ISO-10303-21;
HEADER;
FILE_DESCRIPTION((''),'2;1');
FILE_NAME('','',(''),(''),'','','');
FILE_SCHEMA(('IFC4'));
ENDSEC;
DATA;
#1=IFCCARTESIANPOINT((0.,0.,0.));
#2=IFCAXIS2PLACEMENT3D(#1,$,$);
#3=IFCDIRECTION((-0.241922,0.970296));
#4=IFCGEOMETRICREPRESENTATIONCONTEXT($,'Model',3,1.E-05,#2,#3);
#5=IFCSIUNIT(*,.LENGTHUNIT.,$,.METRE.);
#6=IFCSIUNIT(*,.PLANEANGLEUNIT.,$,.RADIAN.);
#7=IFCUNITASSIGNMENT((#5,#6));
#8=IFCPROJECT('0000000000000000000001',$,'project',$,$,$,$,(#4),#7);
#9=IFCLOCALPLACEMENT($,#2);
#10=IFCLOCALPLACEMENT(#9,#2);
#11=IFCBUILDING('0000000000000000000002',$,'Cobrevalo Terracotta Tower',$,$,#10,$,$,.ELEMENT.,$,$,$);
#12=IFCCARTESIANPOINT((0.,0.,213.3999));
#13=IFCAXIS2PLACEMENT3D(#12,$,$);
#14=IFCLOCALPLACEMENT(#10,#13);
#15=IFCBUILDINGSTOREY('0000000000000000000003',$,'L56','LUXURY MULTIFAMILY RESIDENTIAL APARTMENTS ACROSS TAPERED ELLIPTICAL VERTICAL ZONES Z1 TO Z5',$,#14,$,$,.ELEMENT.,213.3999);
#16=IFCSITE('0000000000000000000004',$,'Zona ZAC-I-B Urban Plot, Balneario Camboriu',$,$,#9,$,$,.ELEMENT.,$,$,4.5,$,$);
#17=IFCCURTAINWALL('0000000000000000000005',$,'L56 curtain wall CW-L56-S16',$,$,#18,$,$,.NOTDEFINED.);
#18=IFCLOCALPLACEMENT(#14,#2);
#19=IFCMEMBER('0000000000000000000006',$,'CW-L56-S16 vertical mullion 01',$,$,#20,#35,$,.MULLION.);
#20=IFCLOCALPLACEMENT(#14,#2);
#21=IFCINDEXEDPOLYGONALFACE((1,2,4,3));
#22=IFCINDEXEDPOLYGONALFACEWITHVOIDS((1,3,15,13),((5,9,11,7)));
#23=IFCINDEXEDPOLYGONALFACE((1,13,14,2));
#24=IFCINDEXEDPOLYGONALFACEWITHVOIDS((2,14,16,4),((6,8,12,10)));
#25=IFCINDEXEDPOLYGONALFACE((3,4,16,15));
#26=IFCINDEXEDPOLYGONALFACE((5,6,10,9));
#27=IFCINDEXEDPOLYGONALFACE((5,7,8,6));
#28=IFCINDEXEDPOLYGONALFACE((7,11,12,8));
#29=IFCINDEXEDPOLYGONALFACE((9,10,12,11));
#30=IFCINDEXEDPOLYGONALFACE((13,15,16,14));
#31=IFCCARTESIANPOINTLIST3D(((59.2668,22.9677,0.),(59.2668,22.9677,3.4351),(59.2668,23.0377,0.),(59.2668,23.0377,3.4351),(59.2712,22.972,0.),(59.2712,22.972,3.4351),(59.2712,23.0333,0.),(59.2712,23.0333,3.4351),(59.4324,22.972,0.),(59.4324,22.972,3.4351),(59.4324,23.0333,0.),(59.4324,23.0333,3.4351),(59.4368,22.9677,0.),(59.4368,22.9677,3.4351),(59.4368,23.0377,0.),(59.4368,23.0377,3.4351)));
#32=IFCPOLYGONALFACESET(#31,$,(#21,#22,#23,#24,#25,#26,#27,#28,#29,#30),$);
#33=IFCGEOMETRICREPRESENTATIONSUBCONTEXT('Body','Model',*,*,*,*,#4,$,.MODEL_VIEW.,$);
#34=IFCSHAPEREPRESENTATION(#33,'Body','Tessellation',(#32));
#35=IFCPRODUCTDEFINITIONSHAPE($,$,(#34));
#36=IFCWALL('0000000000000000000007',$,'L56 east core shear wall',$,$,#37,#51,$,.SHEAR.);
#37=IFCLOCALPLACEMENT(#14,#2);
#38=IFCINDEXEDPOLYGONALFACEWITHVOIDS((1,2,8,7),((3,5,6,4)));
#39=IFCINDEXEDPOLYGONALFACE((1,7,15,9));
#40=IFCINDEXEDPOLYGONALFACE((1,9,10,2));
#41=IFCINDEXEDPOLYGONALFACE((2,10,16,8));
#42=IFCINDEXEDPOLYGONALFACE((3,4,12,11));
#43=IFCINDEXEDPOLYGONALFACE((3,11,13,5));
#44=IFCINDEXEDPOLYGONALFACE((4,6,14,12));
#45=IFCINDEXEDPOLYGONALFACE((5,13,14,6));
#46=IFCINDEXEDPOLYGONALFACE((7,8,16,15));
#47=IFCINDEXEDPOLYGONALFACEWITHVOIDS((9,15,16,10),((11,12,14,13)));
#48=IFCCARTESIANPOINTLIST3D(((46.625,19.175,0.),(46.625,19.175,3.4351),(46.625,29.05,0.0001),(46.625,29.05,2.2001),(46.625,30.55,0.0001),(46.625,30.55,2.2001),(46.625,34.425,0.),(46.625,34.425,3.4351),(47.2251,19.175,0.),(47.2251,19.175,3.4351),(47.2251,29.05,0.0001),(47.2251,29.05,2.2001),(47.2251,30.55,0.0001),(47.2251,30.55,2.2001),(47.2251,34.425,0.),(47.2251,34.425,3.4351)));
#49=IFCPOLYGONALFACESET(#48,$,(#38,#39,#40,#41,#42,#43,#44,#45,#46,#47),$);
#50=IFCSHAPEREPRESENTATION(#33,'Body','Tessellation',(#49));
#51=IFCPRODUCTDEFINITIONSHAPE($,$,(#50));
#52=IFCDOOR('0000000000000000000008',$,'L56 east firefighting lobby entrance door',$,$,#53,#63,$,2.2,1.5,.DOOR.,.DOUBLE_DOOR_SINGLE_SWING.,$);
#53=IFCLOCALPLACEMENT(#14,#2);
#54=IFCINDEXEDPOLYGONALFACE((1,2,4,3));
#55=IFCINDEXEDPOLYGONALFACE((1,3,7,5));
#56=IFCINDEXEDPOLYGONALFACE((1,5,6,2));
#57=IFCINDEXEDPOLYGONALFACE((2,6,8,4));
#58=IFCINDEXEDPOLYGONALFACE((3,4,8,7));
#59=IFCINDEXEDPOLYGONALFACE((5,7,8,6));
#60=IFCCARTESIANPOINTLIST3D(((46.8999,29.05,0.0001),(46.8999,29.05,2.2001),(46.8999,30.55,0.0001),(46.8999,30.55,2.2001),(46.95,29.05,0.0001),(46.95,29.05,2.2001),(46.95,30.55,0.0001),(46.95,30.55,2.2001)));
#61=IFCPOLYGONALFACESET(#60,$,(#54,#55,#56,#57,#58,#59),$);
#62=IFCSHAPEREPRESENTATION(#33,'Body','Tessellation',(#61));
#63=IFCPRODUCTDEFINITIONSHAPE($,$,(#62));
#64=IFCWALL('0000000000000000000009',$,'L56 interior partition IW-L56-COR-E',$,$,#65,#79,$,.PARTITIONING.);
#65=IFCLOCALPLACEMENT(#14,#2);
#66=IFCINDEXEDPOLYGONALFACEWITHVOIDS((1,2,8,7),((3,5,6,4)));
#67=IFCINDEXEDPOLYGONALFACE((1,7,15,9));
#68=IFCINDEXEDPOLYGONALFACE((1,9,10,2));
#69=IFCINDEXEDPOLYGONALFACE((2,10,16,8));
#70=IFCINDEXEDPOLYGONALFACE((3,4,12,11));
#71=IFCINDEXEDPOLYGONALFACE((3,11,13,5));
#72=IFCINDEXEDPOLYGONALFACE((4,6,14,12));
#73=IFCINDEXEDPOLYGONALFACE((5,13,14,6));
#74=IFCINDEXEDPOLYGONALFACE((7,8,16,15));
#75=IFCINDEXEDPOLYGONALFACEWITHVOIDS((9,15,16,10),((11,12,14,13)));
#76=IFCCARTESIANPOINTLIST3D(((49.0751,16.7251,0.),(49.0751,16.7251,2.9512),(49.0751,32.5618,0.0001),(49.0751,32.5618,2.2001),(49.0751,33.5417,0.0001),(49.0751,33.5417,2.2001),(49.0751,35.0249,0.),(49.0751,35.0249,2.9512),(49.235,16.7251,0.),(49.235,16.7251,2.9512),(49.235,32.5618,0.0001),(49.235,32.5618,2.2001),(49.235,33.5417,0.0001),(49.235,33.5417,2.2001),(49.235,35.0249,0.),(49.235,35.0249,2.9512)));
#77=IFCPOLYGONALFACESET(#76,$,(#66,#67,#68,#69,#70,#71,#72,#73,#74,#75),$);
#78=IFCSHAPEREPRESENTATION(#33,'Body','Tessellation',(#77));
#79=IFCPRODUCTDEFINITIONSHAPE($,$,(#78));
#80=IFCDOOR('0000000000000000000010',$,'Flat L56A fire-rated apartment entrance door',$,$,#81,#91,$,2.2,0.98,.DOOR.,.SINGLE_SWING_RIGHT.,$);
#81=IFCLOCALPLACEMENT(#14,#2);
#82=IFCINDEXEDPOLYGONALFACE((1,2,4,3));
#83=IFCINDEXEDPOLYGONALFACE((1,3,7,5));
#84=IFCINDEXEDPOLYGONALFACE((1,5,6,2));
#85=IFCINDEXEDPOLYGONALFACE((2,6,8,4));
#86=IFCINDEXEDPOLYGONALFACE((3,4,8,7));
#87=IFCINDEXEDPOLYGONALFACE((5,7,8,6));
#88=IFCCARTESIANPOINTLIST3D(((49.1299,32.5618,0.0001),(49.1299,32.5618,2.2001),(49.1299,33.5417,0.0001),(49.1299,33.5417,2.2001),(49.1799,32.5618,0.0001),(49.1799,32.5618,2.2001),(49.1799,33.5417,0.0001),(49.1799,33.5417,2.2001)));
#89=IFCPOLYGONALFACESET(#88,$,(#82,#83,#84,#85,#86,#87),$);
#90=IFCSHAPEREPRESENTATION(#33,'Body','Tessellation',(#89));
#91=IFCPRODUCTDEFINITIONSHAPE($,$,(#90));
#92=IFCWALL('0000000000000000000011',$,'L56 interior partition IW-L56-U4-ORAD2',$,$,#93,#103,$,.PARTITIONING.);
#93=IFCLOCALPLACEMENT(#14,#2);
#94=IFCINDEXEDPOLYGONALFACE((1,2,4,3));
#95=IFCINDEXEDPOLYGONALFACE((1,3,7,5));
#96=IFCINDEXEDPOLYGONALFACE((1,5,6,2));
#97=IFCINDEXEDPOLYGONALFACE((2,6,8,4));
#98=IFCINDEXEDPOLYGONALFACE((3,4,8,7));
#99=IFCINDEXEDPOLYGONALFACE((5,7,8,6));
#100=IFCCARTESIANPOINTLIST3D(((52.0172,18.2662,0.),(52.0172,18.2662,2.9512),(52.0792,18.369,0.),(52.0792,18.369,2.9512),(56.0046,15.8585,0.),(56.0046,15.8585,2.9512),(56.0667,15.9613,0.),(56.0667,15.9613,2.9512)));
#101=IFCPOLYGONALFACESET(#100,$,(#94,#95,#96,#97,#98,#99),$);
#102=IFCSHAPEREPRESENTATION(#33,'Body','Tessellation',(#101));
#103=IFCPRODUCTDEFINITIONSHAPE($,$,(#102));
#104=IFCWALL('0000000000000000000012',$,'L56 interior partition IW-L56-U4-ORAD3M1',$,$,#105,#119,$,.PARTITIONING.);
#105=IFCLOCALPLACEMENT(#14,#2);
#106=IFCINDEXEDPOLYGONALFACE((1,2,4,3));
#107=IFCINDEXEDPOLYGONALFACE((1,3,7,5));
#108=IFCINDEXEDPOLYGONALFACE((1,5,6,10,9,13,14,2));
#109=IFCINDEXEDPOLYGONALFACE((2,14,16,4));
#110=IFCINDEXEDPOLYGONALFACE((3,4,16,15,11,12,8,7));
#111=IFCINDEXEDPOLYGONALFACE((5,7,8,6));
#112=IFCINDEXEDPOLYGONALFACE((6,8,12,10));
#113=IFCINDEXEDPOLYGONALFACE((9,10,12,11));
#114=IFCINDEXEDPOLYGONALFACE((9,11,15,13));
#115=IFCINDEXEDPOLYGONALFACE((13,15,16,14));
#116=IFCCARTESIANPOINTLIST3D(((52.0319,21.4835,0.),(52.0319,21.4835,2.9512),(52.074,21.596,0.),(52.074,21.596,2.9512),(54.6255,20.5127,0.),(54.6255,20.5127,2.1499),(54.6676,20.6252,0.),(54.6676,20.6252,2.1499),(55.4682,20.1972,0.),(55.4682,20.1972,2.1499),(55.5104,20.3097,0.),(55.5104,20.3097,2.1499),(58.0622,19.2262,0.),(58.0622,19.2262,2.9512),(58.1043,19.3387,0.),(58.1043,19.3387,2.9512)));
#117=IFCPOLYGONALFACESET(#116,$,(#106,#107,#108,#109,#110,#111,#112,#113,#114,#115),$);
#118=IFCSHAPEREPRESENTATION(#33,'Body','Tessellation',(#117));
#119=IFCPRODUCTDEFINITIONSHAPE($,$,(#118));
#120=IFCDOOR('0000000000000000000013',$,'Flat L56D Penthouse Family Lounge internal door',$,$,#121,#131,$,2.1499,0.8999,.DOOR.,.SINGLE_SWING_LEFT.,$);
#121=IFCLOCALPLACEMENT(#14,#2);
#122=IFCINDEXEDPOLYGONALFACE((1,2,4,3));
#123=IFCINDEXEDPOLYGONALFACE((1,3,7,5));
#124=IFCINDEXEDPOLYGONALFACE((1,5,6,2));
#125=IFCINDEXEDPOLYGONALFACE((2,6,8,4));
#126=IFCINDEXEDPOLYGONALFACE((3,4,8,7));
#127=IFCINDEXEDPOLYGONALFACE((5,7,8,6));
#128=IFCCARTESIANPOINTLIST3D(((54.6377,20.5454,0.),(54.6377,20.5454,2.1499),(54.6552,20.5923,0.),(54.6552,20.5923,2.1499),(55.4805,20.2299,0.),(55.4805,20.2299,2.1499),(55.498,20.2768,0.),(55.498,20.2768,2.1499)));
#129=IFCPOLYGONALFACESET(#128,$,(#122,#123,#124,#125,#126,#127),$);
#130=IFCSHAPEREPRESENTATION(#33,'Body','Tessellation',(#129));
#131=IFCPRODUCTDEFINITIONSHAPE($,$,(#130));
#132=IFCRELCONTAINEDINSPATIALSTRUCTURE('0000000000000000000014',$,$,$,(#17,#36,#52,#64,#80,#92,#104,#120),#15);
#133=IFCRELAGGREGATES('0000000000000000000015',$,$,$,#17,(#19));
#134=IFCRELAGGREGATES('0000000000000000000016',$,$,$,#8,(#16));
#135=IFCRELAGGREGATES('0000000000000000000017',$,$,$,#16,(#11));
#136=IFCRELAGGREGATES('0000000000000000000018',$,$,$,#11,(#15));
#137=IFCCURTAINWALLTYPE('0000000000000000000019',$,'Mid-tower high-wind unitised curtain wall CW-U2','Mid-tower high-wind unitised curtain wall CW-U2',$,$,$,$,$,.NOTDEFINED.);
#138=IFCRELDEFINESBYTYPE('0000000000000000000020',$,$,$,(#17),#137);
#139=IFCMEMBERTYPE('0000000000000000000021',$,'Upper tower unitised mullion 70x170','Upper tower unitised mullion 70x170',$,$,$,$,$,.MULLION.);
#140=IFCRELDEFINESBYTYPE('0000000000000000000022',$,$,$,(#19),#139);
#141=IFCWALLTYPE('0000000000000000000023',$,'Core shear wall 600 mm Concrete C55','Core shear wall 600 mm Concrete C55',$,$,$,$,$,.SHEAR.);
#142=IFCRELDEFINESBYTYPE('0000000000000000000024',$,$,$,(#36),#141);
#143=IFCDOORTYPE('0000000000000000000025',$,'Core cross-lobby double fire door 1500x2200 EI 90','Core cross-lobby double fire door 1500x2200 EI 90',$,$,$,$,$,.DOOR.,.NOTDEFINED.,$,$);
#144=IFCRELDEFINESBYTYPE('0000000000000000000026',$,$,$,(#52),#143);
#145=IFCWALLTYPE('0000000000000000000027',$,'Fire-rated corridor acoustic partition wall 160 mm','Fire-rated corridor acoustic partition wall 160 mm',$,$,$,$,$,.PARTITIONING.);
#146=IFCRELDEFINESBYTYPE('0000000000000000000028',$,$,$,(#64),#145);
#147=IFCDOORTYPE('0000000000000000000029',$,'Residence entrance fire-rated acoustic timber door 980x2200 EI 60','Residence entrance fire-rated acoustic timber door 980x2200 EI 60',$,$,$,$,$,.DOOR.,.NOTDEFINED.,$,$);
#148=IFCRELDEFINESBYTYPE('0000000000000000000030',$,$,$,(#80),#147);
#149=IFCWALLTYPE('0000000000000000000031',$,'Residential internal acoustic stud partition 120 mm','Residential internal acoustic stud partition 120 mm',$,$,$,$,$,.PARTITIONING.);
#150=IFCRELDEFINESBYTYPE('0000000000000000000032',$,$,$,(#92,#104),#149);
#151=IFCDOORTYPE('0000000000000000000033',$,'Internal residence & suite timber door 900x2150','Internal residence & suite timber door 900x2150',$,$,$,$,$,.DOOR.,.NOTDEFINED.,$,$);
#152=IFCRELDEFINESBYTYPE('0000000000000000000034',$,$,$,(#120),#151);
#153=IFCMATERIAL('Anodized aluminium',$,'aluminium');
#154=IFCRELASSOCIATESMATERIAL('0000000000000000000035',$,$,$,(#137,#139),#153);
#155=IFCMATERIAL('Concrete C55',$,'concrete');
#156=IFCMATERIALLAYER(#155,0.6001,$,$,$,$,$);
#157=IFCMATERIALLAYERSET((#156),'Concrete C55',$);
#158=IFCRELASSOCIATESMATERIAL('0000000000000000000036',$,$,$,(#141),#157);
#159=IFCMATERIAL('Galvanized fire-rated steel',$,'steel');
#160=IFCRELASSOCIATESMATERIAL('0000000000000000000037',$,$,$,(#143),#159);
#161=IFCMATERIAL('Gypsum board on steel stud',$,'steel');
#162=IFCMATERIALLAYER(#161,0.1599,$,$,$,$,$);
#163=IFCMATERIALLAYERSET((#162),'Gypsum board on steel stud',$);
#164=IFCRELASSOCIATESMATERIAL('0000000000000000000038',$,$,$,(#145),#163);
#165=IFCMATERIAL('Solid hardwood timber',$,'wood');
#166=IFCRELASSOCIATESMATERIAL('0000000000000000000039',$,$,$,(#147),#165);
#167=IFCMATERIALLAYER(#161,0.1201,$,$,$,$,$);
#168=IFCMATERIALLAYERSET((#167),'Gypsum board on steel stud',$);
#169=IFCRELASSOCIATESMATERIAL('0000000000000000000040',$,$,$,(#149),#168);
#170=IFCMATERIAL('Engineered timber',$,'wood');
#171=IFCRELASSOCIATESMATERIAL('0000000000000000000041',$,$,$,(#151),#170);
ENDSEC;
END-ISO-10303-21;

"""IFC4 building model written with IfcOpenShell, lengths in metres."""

from ifc_helpers import new_model, si_unit, direction, frame, frame_2d, origin, origin_2d, place, context, subcontext, project, spatial, rectangle, hollow_rectangle, extrude, source, transform, mapped, material, layer, layer_set, material_profile, profile_set, type_object, element, fill, aggregate, save


model = new_model("IFC4")

# Units and contexts
model_context = context("Model", 3, precision=1e-05, world=origin(), true_north=direction((-0.241922, 0.970296)))
body_context = subcontext(model_context, "Body", "Model", "MODEL_VIEW")
ifc_project = project(units=[si_unit("LENGTHUNIT", "METRE"), si_unit("PLANEANGLEUNIT", "RADIAN")], contexts=[model_context])

# Site, building, storey
site_placement = place(None, origin())
site = spatial("IfcSite", under=ifc_project, at=site_placement, Name="Zona ZAC-I-B Urban Plot, Balneario Camboriu", CompositionType="ELEMENT", RefElevation=4.5)
building_placement = place(site_placement, origin())
building = spatial("IfcBuilding", under=site, at=building_placement, Name="Cobrevalo Terracotta Tower", CompositionType="ELEMENT")
storey_placement = place(building_placement, frame((0.0, 0.0, 213.3999)))
storey = spatial("IfcBuildingStorey", under=building, at=storey_placement, Name="L56", Description="LUXURY MULTIFAMILY RESIDENTIAL APARTMENTS ACROSS TAPERED ELLIPTICAL VERTICAL ZONES Z1 TO Z5", CompositionType="ELEMENT", Elevation=213.3999)

# Curtain wall, member
ifc_material_1 = material(Name="Anodized aluminium", Category="aluminium")
curtain_wall_type = type_object("IfcCurtainWallType", Name="Mid-tower high-wind unitised curtain wall CW-U2", Description="Mid-tower high-wind unitised curtain wall CW-U2", PredefinedType="NOTDEFINED", material=ifc_material_1)
curtain_wall_placement = place(storey_placement, origin())
curtain_wall = element("IfcCurtainWall", 1, at=curtain_wall_placement, inside=storey, type_object=curtain_wall_type, Name="L56 curtain wall CW-L56-S16", PredefinedType="NOTDEFINED")
ifc_material_profile_1 = material_profile(ifc_material_1, hollow_rectangle(XDim=0.0701, YDim=0.1699, WallThickness=0.0044, at=origin_2d()), Name="CWM 70x170")
ifc_profile_set_1 = profile_set([ifc_material_profile_1], Name="Anodized aluminium")
member_type_1 = type_object("IfcMemberType", Name="Upper tower unitised mullion 70x170", Description="Upper tower unitised mullion 70x170", PredefinedType="MULLION", material=ifc_profile_set_1)
shared_shape_1 = source(origin(), body_context, "Body", "SweptSolid", [
    extrude(hollow_rectangle(XDim=0.0701, YDim=0.1699, WallThickness=0.0044, at=origin_2d()), origin(), (0.0, 0.0, 1.0), 3.4351),
])
member_1_placement = place(storey_placement, frame((59.3518, 23.0027, 0.0), z_axis=(0.0, 0.0, 1.0), x_axis=(0.0, 1.0, 0.0)))
member_1 = element("IfcMember", 2, at=member_1_placement, type_object=member_type_1, Name="CW-L56-S16 vertical mullion 01", PredefinedType="MULLION", context=body_context, shape_type="MappedRepresentation", body=[
    mapped(shared_shape_1, transform((0.0, 0.0, 0.0), scale=1.0)),
])
aggregate(curtain_wall, [member_1])

# Walls, openings, doors
ifc_material_2 = material(Name="Concrete C55", Category="concrete")
ifc_layer_1 = layer(ifc_material_2, 0.6001)
ifc_layer_set_1 = layer_set([ifc_layer_1], Name="Concrete C55")
wall_type_1 = type_object("IfcWallType", Name="Core shear wall 600 mm Concrete C55", Description="Core shear wall 600 mm Concrete C55", PredefinedType="SHEAR", material=ifc_layer_set_1)
wall_1_placement = place(storey_placement, frame((46.925, 19.175, 0.0), z_axis=(0.0, 0.0, 1.0), x_axis=(0.0, 1.0, 0.0)))
wall_1 = element("IfcWall", 3, at=wall_1_placement, inside=storey, type_object=wall_type_1, Name="L56 east core shear wall", PredefinedType="SHEAR", context=body_context, shape_type="SweptSolid", body=[
    extrude(rectangle(XDim=15.25, YDim=0.6001, at=frame_2d((7.625, 0.0))), origin(), (0.0, 0.0, 1.0), 3.4351),
])
opening_1_placement = place(wall_1_placement, frame((9.875, 0.0, 0.0)))
opening_1 = element("IfcOpeningElement", 4, at=opening_1_placement, cuts=wall_1, PredefinedType="OPENING", context=body_context, shape_type="SweptSolid", body=[
    extrude(rectangle(XDim=1.5, YDim=2.2, at=frame_2d((0.75, 1.1001))), frame((0.0, 0.3101, 0.0), z_axis=(0.0, -1.0, 0.0), x_axis=(1.0, 0.0, 0.0)), (0.0, 0.0, 1.0), 0.6201),
])
ifc_material_3 = material(Name="Galvanized fire-rated steel", Category="steel")
door_type_1 = type_object("IfcDoorType", Name="Core cross-lobby double fire door 1500x2200 EI 90", Description="Core cross-lobby double fire door 1500x2200 EI 90", OperationType="NOTDEFINED", PredefinedType="DOOR", material=ifc_material_3)
shared_shape_2 = source(origin(), body_context, "Body", "SweptSolid", [
    extrude(rectangle(XDim=1.5, YDim=2.2, at=frame_2d((0.75, 1.1001))), frame((0.0, 0.0249, 0.0), z_axis=(0.0, -1.0, 0.0), x_axis=(1.0, 0.0, 0.0)), (0.0, 0.0, 1.0), 0.05),
])
door_1_placement = place(opening_1_placement, frame((1.5, 0.0, 0.0), z_axis=(0.0, 0.0, 1.0), x_axis=(-1.0, 0.0, 0.0)))
door_1 = element("IfcDoor", 5, at=door_1_placement, inside=storey, type_object=door_type_1, Name="L56 east firefighting lobby entrance door", OperationType="DOUBLE_DOOR_SINGLE_SWING", OverallHeight=2.2, OverallWidth=1.5, PredefinedType="DOOR", context=body_context, shape_type="MappedRepresentation", body=[
    mapped(shared_shape_2, transform((0.0, 0.0, 0.0), scale=1.0)),
])
fill(opening_1, door_1)
ifc_material_4 = material(Name="Gypsum board on steel stud", Category="steel")
ifc_layer_2 = layer(ifc_material_4, 0.1599)
ifc_layer_set_2 = layer_set([ifc_layer_2], Name="Gypsum board on steel stud")
wall_type_2 = type_object("IfcWallType", Name="Fire-rated corridor acoustic partition wall 160 mm", Description="Fire-rated corridor acoustic partition wall 160 mm", PredefinedType="PARTITIONING", material=ifc_layer_set_2)
wall_2_placement = place(storey_placement, frame((49.155, 16.7251, 0.0), z_axis=(0.0, 0.0, 1.0), x_axis=(0.0, 1.0, 0.0)))
wall_2 = element("IfcWall", 6, at=wall_2_placement, inside=storey, type_object=wall_type_2, Name="L56 interior partition IW-L56-COR-E", PredefinedType="PARTITIONING", context=body_context, shape_type="SweptSolid", body=[
    extrude(rectangle(XDim=18.2998, YDim=0.1599, at=frame_2d((9.1499, 0.0))), origin(), (0.0, 0.0, 1.0), 2.9512),
])
opening_2_placement = place(wall_2_placement, frame((15.8367, 0.0, 0.0)))
opening_2 = element("IfcOpeningElement", 7, at=opening_2_placement, cuts=wall_2, PredefinedType="OPENING", context=body_context, shape_type="SweptSolid", body=[
    extrude(rectangle(XDim=0.98, YDim=2.2, at=frame_2d((0.49, 1.1001))), frame((0.0, 0.0898, 0.0), z_axis=(0.0, -1.0, 0.0), x_axis=(1.0, 0.0, 0.0)), (0.0, 0.0, 1.0), 0.1799),
])
ifc_material_5 = material(Name="Solid hardwood timber", Category="wood")
door_type_2 = type_object("IfcDoorType", Name="Residence entrance fire-rated acoustic timber door 980x2200 EI 60", Description="Residence entrance fire-rated acoustic timber door 980x2200 EI 60", OperationType="NOTDEFINED", PredefinedType="DOOR", material=ifc_material_5)
shared_shape_3 = source(origin(), body_context, "Body", "SweptSolid", [
    extrude(rectangle(XDim=0.98, YDim=2.2, at=frame_2d((0.49, 1.1001))), frame((0.0, 0.0249, 0.0), z_axis=(0.0, -1.0, 0.0), x_axis=(1.0, 0.0, 0.0)), (0.0, 0.0, 1.0), 0.05),
])
door_2_placement = place(opening_2_placement, frame((0.98, 0.0, 0.0), z_axis=(0.0, 0.0, 1.0), x_axis=(-1.0, 0.0, 0.0)))
door_2 = element("IfcDoor", 8, at=door_2_placement, inside=storey, type_object=door_type_2, Name="Flat L56A fire-rated apartment entrance door", OperationType="SINGLE_SWING_RIGHT", OverallHeight=2.2, OverallWidth=0.98, PredefinedType="DOOR", context=body_context, shape_type="MappedRepresentation", body=[
    mapped(shared_shape_3, transform((0.0, 0.0, 0.0), scale=1.0)),
])
fill(opening_2, door_2)

# Wall
ifc_layer_3 = layer(ifc_material_4, 0.1201)
ifc_layer_set_3 = layer_set([ifc_layer_3], Name="Gypsum board on steel stud")
wall_type_3 = type_object("IfcWallType", Name="Residential internal acoustic stud partition 120 mm", Description="Residential internal acoustic stud partition 120 mm", PredefinedType="PARTITIONING", material=ifc_layer_set_3)
wall_3_placement = place(storey_placement, frame((52.0481, 18.3176, 0.0), z_axis=(0.0, 0.0, 1.0), x_axis=(0.856051, -0.516891, 0.0)))
element("IfcWall", 9, at=wall_3_placement, inside=storey, type_object=wall_type_3, Name="L56 interior partition IW-L56-U4-ORAD2", PredefinedType="PARTITIONING", context=body_context, shape_type="SweptSolid", body=[
    extrude(rectangle(XDim=4.658, YDim=0.1201, at=frame_2d((2.3291, 0.0))), origin(), (0.0, 0.0, 1.0), 2.9512),
])

# Wall, opening, door
wall_4_placement = place(storey_placement, frame((52.053, 21.5398, 0.0), z_axis=(0.0, 0.0, 1.0), x_axis=(0.936535, -0.350575, 0.0)))
wall_4 = element("IfcWall", 10, at=wall_4_placement, inside=storey, type_object=wall_type_3, Name="L56 interior partition IW-L56-U4-ORAD3M1", PredefinedType="PARTITIONING", context=body_context, shape_type="SweptSolid", body=[
    extrude(rectangle(XDim=6.439, YDim=0.1201, at=frame_2d((3.2195, 0.0))), origin(), (0.0, 0.0, 1.0), 2.9512),
])
opening_3_placement = place(wall_4_placement, frame((2.7693, 0.0, 0.0)))
opening_3 = element("IfcOpeningElement", 11, at=opening_3_placement, cuts=wall_4, PredefinedType="OPENING", context=body_context, shape_type="SweptSolid", body=[
    extrude(rectangle(XDim=0.8999, YDim=2.1499, at=frame_2d((0.45, 1.075))), frame((0.0, 0.0701, 0.0), z_axis=(0.0, -1.0, 0.0), x_axis=(1.0, 0.0, 0.0)), (0.0, 0.0, 1.0), 0.1401),
])
ifc_material_6 = material(Name="Engineered timber", Category="wood")
door_type_3 = type_object("IfcDoorType", Name="Internal residence & suite timber door 900x2150", Description="Internal residence & suite timber door 900x2150", OperationType="NOTDEFINED", PredefinedType="DOOR", material=ifc_material_6)
shared_shape_4 = source(origin(), body_context, "Body", "SweptSolid", [
    extrude(rectangle(XDim=0.8999, YDim=2.1499, at=frame_2d((0.45, 1.075))), frame((0.0, 0.0249, 0.0), z_axis=(0.0, -1.0, 0.0), x_axis=(1.0, 0.0, 0.0)), (0.0, 0.0, 1.0), 0.05),
])
door_3_placement = place(opening_3_placement, origin())
door_3 = element("IfcDoor", 12, at=door_3_placement, inside=storey, type_object=door_type_3, Name="Flat L56D Penthouse Family Lounge internal door", OperationType="SINGLE_SWING_LEFT", OverallHeight=2.1499, OverallWidth=0.8999, PredefinedType="DOOR", context=body_context, shape_type="MappedRepresentation", body=[
    mapped(shared_shape_4, transform((0.0, 0.0, 0.0), scale=1.0)),
])
fill(opening_3, door_3)

save(model, "model.ifc")
